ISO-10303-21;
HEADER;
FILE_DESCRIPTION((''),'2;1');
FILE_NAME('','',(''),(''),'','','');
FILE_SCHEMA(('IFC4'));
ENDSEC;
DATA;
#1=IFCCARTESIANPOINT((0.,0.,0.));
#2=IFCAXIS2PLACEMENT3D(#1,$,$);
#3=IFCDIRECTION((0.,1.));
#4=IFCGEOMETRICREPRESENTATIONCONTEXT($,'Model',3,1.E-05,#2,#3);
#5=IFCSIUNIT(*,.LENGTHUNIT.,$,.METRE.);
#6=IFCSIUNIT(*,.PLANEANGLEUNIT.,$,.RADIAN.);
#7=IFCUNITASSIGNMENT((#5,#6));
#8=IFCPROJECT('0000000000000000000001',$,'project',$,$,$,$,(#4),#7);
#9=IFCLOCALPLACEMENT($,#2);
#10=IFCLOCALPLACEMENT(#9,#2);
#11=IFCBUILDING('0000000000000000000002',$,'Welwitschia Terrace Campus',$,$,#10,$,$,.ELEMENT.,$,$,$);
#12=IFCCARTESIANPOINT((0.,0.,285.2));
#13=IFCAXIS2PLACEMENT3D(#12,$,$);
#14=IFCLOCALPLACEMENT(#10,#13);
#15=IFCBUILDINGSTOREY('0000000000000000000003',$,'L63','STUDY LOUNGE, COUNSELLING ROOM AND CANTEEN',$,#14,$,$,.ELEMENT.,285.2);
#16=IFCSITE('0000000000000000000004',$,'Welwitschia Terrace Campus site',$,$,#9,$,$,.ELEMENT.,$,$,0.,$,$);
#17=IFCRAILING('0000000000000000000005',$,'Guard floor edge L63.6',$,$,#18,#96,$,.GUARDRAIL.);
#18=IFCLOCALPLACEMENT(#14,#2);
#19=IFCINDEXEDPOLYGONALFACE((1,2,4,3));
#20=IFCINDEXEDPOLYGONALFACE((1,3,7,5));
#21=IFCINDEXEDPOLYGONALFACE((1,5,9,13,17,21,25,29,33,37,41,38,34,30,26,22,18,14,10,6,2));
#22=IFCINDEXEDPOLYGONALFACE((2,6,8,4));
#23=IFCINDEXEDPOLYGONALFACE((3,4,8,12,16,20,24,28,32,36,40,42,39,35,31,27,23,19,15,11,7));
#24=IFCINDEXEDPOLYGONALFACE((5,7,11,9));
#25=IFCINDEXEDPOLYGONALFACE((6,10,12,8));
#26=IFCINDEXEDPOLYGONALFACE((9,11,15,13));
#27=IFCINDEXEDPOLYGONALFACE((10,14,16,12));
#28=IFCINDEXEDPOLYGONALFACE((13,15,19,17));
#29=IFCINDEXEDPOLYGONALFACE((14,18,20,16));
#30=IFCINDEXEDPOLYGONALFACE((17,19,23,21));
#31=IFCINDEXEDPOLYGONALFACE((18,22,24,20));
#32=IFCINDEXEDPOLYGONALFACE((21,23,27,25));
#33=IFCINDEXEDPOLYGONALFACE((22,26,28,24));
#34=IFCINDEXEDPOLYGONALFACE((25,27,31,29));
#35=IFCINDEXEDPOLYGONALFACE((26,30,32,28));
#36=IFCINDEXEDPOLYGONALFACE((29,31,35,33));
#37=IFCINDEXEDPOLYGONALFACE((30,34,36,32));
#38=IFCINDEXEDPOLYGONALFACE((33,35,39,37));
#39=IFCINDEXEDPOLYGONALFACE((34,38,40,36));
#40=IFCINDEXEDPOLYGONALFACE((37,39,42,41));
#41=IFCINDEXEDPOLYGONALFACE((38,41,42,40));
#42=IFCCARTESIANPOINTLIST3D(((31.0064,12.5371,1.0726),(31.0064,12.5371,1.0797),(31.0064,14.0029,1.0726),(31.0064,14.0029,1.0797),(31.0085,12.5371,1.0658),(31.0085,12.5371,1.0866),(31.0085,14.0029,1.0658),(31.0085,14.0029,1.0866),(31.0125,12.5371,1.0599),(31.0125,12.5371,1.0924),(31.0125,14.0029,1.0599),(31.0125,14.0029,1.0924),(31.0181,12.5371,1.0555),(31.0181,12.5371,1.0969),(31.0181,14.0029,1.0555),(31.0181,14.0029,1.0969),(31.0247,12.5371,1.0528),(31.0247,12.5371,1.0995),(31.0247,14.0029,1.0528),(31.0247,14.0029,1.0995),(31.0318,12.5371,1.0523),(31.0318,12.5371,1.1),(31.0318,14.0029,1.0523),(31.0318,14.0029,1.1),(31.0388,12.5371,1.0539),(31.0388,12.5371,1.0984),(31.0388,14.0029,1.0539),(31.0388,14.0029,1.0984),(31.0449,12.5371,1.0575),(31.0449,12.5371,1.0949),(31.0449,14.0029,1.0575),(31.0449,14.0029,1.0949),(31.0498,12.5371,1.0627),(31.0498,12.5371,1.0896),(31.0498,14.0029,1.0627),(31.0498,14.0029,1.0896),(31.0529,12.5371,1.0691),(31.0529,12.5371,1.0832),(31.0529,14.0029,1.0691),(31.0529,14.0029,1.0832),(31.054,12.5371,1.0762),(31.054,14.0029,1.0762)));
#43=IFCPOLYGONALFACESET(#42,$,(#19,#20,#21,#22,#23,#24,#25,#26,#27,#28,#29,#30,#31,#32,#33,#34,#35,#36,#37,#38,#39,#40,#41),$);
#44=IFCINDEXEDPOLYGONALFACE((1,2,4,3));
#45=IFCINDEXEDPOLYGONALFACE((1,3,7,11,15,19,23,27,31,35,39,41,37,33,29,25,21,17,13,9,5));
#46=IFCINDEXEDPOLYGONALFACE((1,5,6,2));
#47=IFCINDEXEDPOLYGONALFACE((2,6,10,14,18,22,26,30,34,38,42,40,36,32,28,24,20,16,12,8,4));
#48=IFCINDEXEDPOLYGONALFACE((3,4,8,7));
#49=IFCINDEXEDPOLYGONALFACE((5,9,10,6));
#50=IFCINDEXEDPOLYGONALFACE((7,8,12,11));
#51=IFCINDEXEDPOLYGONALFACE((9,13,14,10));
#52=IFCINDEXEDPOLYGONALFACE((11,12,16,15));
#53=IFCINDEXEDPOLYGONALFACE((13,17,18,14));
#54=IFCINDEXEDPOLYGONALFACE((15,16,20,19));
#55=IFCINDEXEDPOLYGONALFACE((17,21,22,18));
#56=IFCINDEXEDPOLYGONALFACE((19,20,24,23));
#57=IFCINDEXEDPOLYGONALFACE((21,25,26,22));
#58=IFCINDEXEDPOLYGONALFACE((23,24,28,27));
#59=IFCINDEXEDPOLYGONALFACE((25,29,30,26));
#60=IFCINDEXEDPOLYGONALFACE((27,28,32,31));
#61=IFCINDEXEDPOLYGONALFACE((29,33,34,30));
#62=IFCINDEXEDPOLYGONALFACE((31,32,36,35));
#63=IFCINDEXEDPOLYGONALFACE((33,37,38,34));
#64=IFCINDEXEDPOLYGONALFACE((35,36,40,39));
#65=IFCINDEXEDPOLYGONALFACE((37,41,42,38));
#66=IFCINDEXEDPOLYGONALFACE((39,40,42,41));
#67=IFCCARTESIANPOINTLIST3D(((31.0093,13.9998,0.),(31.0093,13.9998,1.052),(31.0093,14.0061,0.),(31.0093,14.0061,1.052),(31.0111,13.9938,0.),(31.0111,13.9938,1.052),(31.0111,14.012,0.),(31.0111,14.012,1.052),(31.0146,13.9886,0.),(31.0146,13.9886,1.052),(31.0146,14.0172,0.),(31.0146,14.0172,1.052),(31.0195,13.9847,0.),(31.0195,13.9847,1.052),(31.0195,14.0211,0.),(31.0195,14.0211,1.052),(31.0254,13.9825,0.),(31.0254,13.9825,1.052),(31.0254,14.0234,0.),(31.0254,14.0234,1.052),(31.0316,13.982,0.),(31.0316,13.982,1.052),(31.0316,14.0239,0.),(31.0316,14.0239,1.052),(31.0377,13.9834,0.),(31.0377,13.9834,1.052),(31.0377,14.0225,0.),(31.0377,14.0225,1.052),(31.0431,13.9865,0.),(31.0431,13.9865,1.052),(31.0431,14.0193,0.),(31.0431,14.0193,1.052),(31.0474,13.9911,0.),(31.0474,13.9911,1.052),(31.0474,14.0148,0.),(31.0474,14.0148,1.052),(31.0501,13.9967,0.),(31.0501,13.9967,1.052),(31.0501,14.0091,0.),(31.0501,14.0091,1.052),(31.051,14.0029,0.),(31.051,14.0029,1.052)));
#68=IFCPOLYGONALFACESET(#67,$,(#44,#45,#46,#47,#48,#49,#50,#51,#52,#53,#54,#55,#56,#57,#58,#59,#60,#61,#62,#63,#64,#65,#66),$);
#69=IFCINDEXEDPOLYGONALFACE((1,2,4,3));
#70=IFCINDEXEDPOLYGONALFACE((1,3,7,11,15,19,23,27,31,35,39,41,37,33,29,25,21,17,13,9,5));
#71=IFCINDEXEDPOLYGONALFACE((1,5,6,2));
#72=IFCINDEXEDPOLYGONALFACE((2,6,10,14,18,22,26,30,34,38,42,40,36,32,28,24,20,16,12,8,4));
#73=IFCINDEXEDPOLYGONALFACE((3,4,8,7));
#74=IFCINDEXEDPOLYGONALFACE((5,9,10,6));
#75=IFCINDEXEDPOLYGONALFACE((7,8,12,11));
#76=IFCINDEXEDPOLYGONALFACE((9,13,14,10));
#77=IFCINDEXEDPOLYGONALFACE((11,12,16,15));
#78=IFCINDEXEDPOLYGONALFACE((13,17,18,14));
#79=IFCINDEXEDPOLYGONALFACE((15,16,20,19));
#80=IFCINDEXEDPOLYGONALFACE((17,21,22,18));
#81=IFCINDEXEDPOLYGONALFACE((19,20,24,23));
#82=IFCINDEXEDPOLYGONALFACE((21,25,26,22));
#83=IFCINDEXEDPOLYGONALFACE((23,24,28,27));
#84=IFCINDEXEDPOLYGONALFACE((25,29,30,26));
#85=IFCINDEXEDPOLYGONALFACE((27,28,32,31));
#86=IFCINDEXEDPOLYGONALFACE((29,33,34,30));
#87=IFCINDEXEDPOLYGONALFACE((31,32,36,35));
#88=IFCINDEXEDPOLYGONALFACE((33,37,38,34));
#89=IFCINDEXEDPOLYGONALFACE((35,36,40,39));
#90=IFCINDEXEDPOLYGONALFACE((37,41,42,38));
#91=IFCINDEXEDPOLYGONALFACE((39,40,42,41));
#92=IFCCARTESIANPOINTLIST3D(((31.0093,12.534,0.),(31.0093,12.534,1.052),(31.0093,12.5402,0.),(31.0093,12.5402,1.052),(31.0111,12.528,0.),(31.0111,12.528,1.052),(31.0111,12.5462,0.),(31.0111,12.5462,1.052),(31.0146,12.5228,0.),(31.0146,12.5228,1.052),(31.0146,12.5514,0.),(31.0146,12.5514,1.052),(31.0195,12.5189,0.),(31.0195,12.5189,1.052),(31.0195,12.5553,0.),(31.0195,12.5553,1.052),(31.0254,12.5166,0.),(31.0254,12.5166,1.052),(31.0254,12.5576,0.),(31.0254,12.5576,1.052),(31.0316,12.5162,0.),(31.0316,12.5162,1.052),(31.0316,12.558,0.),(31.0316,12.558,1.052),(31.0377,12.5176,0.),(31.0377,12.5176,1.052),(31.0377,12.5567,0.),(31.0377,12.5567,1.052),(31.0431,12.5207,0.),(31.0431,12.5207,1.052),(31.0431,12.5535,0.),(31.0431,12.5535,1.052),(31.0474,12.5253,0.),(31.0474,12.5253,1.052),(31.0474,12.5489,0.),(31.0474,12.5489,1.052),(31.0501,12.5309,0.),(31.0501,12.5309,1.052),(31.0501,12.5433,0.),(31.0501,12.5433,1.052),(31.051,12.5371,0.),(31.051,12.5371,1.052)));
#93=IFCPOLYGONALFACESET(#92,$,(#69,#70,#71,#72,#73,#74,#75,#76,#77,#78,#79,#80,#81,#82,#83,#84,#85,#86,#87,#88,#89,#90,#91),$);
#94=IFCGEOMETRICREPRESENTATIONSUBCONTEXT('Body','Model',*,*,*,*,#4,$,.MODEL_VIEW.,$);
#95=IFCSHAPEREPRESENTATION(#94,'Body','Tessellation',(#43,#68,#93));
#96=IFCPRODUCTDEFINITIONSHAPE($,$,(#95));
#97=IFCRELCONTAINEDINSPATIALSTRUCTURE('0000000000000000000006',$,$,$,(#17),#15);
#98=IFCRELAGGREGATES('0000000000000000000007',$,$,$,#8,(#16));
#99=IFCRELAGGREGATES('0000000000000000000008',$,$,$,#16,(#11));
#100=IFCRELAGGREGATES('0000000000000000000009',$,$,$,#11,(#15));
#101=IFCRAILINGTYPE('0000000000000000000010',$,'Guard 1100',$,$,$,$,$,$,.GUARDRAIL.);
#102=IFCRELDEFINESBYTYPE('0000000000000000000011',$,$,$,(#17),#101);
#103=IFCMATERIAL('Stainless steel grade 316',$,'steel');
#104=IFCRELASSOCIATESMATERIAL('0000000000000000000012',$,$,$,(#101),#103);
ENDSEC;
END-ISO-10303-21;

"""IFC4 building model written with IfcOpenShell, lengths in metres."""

from ifc_helpers import new_model, si_unit, direction, frame, origin, origin_2d, place, context, subcontext, project, spatial, circle, extrude, material, type_object, element, save


model = new_model("IFC4")

# Units and contexts
model_context = context("Model", 3, precision=1e-05, world=origin(), true_north=direction((0.0, 1.0)))
body_context = subcontext(model_context, "Body", "Model", "MODEL_VIEW")
ifc_project = project(units=[si_unit("LENGTHUNIT", "METRE"), si_unit("PLANEANGLEUNIT", "RADIAN")], contexts=[model_context])

# Site, building, storey
site_placement = place(None, origin())
site = spatial("IfcSite", under=ifc_project, at=site_placement, Name="Welwitschia Terrace Campus site", CompositionType="ELEMENT", RefElevation=0.0)
building_placement = place(site_placement, origin())
building = spatial("IfcBuilding", under=site, at=building_placement, Name="Welwitschia Terrace Campus", CompositionType="ELEMENT")
storey_placement = place(building_placement, frame((0.0, 0.0, 285.2)))
storey = spatial("IfcBuildingStorey", under=building, at=storey_placement, Name="L63", Description="STUDY LOUNGE, COUNSELLING ROOM AND CANTEEN", CompositionType="ELEMENT", Elevation=285.2)

# Railing
ifc_material_1 = material(Name="Stainless steel grade 316", Category="steel")
railing_type = type_object("IfcRailingType", Name="Guard 1100", PredefinedType="GUARDRAIL", material=ifc_material_1)
railing_1_placement = place(storey_placement, frame((31.03, 14.0029, 0.0)))
element("IfcRailing", 1, at=railing_1_placement, inside=storey, type_object=railing_type, Name="Guard floor edge L63.6", PredefinedType="GUARDRAIL", context=body_context, shape_type="SweptSolid", body=[
    extrude(circle(Radius=0.0239, at=origin_2d()), frame((0.0, 0.0, 1.0762), z_axis=(0.0, -1.0, 0.0), x_axis=(1.0, 0.0, 0.0)), (0.0, 0.0, 1.0), 1.4658),
    extrude(circle(Radius=0.021, at=origin_2d()), origin(), (0.0, 0.0, 1.0), 1.052),
    extrude(circle(Radius=0.021, at=origin_2d()), frame((0.0, -1.4658, 0.0)), (0.0, 0.0, 1.0), 1.052),
])

save(model, "model.ifc")
